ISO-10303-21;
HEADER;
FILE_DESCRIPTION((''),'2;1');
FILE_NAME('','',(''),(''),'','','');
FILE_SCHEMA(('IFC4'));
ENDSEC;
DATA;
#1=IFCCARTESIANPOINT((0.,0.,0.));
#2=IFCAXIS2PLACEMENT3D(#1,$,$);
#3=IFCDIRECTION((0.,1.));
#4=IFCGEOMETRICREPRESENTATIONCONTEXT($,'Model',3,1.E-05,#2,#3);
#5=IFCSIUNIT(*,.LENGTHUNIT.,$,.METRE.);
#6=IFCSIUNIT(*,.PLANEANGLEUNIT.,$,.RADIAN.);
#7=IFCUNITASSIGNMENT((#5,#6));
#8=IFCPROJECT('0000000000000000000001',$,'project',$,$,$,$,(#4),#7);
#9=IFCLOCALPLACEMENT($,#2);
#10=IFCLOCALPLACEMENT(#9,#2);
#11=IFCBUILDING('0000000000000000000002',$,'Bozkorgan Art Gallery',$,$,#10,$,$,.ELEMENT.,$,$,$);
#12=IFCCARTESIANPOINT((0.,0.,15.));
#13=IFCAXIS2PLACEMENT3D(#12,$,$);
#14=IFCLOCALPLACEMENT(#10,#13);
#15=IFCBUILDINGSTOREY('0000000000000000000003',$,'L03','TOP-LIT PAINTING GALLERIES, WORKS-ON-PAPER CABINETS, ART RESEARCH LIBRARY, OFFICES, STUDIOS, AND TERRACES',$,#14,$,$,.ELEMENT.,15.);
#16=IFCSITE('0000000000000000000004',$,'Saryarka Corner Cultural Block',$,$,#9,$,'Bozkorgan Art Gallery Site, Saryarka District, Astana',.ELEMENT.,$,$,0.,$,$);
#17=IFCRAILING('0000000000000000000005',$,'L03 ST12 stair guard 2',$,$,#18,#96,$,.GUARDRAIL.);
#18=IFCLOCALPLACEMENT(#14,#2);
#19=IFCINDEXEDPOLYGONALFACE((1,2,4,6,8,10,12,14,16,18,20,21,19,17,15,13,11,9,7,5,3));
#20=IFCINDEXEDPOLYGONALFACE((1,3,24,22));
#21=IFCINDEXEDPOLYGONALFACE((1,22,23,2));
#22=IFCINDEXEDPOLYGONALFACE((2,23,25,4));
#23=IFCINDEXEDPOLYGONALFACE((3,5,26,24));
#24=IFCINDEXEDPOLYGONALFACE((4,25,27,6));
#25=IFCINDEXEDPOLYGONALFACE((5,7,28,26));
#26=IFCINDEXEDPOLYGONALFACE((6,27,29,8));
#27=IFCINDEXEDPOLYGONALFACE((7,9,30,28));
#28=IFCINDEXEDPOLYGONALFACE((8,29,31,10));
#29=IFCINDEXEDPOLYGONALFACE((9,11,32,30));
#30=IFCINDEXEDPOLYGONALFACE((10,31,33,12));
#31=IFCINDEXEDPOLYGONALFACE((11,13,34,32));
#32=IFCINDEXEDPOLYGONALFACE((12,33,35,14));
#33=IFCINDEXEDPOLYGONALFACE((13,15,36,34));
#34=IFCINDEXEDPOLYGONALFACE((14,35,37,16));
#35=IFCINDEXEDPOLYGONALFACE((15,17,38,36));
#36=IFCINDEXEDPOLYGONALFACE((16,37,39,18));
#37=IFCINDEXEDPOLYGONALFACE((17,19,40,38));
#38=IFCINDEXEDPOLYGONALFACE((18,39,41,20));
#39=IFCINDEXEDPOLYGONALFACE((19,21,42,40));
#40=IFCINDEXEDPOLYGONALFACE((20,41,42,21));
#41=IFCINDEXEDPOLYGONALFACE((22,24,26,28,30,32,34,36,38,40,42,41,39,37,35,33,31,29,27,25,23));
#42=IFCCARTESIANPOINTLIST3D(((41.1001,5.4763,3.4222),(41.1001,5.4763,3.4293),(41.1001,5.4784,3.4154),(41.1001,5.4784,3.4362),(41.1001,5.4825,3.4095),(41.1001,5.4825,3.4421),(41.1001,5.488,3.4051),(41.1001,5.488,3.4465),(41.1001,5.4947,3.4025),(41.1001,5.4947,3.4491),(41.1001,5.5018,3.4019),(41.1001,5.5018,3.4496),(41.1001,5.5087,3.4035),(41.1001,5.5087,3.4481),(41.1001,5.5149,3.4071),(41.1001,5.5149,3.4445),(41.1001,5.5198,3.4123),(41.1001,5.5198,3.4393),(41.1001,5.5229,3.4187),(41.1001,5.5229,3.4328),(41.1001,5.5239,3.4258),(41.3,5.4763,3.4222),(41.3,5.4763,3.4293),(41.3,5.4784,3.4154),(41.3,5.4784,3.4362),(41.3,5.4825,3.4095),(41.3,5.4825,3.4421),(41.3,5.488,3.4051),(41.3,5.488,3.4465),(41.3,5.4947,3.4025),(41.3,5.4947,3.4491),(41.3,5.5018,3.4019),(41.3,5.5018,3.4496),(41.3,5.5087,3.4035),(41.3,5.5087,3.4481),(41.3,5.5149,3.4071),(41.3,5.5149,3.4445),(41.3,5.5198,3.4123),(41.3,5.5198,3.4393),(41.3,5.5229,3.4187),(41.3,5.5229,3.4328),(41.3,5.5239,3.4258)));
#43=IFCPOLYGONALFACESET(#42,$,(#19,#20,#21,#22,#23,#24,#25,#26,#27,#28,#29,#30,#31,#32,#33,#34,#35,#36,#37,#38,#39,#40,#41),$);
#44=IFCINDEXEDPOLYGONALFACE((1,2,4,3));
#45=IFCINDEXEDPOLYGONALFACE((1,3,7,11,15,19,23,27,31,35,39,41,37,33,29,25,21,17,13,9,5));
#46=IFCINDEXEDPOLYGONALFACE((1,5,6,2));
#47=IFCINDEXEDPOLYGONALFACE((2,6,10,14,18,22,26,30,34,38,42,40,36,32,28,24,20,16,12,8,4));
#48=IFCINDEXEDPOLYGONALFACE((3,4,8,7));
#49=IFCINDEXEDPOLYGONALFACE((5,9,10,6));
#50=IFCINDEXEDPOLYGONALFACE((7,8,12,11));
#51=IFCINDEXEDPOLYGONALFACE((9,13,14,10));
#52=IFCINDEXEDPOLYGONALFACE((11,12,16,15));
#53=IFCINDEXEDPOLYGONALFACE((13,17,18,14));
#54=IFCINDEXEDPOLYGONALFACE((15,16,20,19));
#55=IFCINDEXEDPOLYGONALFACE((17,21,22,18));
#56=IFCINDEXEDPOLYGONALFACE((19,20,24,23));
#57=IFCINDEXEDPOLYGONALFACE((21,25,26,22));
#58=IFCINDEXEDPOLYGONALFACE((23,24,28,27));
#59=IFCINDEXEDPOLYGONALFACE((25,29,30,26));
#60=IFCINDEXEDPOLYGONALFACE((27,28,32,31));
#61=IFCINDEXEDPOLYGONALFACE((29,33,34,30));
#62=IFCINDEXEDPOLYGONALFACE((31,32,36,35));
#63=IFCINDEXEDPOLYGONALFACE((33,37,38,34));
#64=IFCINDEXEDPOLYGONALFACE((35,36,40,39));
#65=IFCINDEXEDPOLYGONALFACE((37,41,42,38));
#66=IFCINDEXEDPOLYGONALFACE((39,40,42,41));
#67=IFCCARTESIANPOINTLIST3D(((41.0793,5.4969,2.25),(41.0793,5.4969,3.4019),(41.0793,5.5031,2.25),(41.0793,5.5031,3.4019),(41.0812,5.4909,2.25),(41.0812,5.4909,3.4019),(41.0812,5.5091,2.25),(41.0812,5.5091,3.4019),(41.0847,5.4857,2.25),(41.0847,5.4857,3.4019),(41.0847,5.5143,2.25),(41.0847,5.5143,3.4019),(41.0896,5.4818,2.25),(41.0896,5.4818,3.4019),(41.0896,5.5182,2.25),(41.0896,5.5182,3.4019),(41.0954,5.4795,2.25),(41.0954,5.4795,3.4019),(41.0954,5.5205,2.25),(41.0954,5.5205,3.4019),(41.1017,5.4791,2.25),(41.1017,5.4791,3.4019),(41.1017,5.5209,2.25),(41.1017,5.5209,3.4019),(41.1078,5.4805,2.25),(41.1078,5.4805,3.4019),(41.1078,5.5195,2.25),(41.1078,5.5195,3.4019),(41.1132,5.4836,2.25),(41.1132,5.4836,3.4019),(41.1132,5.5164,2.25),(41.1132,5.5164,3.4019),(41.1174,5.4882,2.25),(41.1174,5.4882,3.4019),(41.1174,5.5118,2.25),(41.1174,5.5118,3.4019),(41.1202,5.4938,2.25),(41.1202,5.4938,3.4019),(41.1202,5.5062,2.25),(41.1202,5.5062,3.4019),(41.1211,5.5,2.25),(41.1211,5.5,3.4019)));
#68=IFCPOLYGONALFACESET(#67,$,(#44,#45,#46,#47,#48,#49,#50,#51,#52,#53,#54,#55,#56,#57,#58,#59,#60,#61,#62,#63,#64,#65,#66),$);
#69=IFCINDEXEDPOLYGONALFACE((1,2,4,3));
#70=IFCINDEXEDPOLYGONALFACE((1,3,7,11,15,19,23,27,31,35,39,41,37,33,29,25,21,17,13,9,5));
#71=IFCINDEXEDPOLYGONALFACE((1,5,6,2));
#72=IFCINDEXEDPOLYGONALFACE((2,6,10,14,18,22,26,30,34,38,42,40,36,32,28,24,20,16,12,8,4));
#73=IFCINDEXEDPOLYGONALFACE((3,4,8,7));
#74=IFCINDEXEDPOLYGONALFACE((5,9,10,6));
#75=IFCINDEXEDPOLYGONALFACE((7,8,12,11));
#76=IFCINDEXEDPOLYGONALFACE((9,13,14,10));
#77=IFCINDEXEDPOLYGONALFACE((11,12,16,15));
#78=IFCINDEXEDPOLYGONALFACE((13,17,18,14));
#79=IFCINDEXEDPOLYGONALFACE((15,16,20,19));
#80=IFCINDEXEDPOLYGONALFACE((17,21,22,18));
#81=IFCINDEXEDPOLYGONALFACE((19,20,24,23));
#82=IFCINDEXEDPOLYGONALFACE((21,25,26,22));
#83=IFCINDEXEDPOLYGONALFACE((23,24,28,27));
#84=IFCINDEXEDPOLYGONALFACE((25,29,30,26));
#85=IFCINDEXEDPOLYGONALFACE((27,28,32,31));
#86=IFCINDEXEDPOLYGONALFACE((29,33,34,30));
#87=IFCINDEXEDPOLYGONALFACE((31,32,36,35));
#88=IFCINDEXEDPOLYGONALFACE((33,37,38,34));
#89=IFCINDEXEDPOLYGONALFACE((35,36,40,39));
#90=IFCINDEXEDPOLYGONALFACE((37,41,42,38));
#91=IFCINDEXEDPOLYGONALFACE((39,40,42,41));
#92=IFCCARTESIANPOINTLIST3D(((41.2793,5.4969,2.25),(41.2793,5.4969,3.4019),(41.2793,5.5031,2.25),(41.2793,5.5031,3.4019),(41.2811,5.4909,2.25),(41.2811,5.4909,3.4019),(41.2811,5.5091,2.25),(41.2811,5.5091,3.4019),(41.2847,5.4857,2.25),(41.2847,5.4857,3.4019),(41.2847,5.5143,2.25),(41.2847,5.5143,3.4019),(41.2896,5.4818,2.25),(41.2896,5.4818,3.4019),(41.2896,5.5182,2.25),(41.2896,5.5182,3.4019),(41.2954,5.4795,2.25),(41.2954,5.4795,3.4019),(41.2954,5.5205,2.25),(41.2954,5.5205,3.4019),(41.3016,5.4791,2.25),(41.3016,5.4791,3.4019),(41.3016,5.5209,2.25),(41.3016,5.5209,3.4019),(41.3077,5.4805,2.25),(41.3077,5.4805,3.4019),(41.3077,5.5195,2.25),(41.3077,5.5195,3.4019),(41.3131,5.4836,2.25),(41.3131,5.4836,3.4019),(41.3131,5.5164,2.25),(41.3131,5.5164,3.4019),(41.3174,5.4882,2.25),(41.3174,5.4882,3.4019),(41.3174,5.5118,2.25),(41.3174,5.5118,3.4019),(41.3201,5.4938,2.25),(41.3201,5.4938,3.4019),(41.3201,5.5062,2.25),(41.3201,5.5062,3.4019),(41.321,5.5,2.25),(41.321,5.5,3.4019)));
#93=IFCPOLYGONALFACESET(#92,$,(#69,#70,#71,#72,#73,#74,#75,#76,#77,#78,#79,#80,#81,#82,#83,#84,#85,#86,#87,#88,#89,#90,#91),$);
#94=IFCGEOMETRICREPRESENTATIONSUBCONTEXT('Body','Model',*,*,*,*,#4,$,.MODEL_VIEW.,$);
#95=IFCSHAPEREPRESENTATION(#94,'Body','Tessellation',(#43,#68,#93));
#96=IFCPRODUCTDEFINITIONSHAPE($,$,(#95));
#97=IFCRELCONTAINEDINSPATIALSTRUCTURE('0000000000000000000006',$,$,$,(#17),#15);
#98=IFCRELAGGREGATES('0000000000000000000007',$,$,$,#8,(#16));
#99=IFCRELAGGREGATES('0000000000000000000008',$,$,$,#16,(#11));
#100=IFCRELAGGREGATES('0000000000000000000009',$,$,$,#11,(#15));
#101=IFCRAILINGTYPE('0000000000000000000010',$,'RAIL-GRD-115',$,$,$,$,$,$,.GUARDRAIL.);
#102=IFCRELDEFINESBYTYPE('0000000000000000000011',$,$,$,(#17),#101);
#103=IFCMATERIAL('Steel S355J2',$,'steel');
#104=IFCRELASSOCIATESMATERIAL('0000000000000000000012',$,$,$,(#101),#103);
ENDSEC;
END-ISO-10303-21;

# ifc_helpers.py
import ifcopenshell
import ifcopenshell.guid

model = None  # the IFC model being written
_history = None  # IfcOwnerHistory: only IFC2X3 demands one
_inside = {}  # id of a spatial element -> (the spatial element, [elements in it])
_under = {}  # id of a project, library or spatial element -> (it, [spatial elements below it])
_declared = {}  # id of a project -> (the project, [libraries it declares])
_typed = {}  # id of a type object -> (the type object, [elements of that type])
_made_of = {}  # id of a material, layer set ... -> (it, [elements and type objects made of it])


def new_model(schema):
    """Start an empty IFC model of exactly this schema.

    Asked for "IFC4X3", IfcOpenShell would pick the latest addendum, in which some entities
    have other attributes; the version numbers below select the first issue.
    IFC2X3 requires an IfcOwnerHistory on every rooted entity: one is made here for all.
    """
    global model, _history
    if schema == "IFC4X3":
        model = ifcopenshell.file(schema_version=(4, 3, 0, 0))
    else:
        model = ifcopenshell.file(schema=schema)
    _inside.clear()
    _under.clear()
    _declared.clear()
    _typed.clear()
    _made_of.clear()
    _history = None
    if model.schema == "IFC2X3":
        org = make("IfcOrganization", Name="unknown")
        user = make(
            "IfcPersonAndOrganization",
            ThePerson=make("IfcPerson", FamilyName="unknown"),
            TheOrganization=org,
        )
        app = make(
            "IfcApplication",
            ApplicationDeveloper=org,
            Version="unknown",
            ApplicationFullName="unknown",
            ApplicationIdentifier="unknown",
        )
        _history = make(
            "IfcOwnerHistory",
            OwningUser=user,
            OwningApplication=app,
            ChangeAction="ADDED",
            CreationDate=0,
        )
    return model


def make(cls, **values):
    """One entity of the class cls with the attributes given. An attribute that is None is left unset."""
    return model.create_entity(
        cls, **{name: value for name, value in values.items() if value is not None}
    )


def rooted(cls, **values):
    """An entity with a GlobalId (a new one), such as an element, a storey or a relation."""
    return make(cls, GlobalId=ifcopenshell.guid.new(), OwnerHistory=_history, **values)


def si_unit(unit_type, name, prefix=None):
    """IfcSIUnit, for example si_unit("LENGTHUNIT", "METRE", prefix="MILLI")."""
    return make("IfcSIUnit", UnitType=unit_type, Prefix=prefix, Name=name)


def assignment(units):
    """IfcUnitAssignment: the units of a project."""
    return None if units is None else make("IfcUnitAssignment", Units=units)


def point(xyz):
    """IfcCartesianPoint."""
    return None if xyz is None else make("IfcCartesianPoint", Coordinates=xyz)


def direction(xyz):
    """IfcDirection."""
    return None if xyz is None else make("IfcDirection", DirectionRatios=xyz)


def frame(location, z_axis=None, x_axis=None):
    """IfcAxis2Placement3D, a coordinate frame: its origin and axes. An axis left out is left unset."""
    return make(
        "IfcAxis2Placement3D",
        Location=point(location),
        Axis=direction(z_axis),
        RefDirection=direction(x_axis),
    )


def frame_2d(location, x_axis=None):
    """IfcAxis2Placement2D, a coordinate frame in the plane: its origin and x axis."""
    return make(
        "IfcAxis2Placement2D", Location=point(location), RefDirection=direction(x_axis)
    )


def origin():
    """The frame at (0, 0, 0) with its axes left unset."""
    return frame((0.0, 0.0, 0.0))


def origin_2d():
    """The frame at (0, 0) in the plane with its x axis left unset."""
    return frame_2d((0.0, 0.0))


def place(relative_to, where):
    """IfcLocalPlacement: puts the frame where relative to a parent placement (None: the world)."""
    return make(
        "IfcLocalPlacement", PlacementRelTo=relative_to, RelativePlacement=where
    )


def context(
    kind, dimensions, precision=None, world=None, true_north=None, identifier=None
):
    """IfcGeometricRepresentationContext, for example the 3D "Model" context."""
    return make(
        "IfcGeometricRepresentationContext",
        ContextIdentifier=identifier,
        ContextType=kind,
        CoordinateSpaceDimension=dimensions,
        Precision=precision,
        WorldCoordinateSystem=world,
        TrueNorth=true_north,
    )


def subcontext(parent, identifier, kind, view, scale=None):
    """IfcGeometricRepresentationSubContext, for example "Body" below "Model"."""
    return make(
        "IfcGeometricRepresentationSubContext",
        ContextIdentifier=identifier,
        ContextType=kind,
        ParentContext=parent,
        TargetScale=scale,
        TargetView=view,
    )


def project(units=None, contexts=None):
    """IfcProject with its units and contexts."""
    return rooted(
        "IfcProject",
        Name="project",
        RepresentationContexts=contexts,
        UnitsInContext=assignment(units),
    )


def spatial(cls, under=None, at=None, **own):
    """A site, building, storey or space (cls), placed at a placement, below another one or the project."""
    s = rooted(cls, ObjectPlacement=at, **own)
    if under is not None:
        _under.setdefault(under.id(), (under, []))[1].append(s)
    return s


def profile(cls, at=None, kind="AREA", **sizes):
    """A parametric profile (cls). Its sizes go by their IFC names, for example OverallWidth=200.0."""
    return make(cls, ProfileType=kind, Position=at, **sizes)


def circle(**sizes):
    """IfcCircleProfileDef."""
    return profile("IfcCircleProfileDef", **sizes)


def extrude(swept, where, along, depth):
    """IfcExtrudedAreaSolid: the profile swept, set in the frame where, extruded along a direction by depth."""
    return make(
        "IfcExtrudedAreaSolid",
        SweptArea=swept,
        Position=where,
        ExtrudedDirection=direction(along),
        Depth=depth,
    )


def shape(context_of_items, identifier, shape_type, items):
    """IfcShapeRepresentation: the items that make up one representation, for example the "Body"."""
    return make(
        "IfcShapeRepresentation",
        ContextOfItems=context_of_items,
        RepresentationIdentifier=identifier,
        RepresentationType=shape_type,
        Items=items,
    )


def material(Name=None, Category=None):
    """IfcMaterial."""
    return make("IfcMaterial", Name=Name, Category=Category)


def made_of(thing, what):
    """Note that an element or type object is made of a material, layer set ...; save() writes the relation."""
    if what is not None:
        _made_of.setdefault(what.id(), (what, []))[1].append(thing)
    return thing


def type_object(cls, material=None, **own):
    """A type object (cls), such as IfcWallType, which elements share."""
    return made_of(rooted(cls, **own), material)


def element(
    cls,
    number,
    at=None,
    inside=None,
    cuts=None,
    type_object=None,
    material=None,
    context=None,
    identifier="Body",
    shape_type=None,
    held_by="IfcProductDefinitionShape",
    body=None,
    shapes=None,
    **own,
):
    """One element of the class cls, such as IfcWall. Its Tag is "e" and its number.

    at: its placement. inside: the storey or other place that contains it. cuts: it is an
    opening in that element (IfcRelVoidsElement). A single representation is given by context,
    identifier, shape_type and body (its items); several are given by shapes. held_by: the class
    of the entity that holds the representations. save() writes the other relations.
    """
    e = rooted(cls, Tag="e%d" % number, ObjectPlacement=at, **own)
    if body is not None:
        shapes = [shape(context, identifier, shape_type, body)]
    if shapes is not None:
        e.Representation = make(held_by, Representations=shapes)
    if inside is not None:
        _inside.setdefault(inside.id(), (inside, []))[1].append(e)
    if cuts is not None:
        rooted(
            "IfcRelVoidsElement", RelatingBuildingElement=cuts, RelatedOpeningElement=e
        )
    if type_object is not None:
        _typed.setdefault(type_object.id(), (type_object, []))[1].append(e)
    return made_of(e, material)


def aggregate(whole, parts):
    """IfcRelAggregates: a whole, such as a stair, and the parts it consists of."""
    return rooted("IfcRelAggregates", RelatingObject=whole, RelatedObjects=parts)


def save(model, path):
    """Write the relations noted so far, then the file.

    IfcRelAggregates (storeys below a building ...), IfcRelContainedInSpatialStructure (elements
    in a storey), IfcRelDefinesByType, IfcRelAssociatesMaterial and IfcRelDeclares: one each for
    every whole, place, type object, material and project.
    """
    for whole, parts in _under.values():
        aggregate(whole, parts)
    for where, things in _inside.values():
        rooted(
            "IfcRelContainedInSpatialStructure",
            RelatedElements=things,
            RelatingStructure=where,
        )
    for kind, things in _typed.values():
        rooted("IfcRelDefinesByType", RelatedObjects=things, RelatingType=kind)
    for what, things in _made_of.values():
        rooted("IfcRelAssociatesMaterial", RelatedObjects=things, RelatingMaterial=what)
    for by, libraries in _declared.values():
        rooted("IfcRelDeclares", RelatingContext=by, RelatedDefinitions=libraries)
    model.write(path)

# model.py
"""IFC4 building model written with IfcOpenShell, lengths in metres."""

from ifc_helpers import new_model, si_unit, direction, frame, origin, origin_2d, place, context, subcontext, project, spatial, circle, extrude, material, type_object, element, save


model = new_model("IFC4")

# Units and contexts
model_context = context("Model", 3, precision=1e-05, world=origin(), true_north=direction((0.0, 1.0)))
body_context = subcontext(model_context, "Body", "Model", "MODEL_VIEW")
ifc_project = project(units=[si_unit("LENGTHUNIT", "METRE"), si_unit("PLANEANGLEUNIT", "RADIAN")], contexts=[model_context])

# Site, building, storey
site_placement = place(None, origin())
site = spatial("IfcSite", under=ifc_project, at=site_placement, Name="Saryarka Corner Cultural Block", LongName="Bozkorgan Art Gallery Site, Saryarka District, Astana", CompositionType="ELEMENT", RefElevation=0.0)
building_placement = place(site_placement, origin())
building = spatial("IfcBuilding", under=site, at=building_placement, Name="Bozkorgan Art Gallery", CompositionType="ELEMENT")
storey_placement = place(building_placement, frame((0.0, 0.0, 15.0)))
storey = spatial("IfcBuildingStorey", under=building, at=storey_placement, Name="L03", Description="TOP-LIT PAINTING GALLERIES, WORKS-ON-PAPER CABINETS, ART RESEARCH LIBRARY, OFFICES, STUDIOS, AND TERRACES", CompositionType="ELEMENT", Elevation=15.0)

# Shared definitions
ifc_material_1 = material(Name="Steel S355J2", Category="steel")

# Railing
railing_type_1 = type_object("IfcRailingType", Name="RAIL-GRD-115", PredefinedType="GUARDRAIL", material=ifc_material_1)
railing_1_placement = place(storey_placement, frame((41.1001, 5.5, 2.25)))
element("IfcRailing", 1, at=railing_1_placement, inside=storey, type_object=railing_type_1, Name="L03 ST12 stair guard 2", PredefinedType="GUARDRAIL", context=body_context, shape_type="SweptSolid", body=[
    extrude(circle(Radius=0.0239, at=origin_2d()), frame((0.0, 0.0, 1.1758), z_axis=(1.0, 0.0, 0.0), x_axis=(0.0, 1.0, 0.0)), (0.0, 0.0, 1.0), 0.2),
    extrude(circle(Radius=0.021, at=origin_2d()), origin(), (0.0, 0.0, 1.0), 1.1519),
    extrude(circle(Radius=0.021, at=origin_2d()), frame((0.2, 0.0, 0.0)), (0.0, 0.0, 1.0), 1.1519),
])

save(model, "model.ifc")
